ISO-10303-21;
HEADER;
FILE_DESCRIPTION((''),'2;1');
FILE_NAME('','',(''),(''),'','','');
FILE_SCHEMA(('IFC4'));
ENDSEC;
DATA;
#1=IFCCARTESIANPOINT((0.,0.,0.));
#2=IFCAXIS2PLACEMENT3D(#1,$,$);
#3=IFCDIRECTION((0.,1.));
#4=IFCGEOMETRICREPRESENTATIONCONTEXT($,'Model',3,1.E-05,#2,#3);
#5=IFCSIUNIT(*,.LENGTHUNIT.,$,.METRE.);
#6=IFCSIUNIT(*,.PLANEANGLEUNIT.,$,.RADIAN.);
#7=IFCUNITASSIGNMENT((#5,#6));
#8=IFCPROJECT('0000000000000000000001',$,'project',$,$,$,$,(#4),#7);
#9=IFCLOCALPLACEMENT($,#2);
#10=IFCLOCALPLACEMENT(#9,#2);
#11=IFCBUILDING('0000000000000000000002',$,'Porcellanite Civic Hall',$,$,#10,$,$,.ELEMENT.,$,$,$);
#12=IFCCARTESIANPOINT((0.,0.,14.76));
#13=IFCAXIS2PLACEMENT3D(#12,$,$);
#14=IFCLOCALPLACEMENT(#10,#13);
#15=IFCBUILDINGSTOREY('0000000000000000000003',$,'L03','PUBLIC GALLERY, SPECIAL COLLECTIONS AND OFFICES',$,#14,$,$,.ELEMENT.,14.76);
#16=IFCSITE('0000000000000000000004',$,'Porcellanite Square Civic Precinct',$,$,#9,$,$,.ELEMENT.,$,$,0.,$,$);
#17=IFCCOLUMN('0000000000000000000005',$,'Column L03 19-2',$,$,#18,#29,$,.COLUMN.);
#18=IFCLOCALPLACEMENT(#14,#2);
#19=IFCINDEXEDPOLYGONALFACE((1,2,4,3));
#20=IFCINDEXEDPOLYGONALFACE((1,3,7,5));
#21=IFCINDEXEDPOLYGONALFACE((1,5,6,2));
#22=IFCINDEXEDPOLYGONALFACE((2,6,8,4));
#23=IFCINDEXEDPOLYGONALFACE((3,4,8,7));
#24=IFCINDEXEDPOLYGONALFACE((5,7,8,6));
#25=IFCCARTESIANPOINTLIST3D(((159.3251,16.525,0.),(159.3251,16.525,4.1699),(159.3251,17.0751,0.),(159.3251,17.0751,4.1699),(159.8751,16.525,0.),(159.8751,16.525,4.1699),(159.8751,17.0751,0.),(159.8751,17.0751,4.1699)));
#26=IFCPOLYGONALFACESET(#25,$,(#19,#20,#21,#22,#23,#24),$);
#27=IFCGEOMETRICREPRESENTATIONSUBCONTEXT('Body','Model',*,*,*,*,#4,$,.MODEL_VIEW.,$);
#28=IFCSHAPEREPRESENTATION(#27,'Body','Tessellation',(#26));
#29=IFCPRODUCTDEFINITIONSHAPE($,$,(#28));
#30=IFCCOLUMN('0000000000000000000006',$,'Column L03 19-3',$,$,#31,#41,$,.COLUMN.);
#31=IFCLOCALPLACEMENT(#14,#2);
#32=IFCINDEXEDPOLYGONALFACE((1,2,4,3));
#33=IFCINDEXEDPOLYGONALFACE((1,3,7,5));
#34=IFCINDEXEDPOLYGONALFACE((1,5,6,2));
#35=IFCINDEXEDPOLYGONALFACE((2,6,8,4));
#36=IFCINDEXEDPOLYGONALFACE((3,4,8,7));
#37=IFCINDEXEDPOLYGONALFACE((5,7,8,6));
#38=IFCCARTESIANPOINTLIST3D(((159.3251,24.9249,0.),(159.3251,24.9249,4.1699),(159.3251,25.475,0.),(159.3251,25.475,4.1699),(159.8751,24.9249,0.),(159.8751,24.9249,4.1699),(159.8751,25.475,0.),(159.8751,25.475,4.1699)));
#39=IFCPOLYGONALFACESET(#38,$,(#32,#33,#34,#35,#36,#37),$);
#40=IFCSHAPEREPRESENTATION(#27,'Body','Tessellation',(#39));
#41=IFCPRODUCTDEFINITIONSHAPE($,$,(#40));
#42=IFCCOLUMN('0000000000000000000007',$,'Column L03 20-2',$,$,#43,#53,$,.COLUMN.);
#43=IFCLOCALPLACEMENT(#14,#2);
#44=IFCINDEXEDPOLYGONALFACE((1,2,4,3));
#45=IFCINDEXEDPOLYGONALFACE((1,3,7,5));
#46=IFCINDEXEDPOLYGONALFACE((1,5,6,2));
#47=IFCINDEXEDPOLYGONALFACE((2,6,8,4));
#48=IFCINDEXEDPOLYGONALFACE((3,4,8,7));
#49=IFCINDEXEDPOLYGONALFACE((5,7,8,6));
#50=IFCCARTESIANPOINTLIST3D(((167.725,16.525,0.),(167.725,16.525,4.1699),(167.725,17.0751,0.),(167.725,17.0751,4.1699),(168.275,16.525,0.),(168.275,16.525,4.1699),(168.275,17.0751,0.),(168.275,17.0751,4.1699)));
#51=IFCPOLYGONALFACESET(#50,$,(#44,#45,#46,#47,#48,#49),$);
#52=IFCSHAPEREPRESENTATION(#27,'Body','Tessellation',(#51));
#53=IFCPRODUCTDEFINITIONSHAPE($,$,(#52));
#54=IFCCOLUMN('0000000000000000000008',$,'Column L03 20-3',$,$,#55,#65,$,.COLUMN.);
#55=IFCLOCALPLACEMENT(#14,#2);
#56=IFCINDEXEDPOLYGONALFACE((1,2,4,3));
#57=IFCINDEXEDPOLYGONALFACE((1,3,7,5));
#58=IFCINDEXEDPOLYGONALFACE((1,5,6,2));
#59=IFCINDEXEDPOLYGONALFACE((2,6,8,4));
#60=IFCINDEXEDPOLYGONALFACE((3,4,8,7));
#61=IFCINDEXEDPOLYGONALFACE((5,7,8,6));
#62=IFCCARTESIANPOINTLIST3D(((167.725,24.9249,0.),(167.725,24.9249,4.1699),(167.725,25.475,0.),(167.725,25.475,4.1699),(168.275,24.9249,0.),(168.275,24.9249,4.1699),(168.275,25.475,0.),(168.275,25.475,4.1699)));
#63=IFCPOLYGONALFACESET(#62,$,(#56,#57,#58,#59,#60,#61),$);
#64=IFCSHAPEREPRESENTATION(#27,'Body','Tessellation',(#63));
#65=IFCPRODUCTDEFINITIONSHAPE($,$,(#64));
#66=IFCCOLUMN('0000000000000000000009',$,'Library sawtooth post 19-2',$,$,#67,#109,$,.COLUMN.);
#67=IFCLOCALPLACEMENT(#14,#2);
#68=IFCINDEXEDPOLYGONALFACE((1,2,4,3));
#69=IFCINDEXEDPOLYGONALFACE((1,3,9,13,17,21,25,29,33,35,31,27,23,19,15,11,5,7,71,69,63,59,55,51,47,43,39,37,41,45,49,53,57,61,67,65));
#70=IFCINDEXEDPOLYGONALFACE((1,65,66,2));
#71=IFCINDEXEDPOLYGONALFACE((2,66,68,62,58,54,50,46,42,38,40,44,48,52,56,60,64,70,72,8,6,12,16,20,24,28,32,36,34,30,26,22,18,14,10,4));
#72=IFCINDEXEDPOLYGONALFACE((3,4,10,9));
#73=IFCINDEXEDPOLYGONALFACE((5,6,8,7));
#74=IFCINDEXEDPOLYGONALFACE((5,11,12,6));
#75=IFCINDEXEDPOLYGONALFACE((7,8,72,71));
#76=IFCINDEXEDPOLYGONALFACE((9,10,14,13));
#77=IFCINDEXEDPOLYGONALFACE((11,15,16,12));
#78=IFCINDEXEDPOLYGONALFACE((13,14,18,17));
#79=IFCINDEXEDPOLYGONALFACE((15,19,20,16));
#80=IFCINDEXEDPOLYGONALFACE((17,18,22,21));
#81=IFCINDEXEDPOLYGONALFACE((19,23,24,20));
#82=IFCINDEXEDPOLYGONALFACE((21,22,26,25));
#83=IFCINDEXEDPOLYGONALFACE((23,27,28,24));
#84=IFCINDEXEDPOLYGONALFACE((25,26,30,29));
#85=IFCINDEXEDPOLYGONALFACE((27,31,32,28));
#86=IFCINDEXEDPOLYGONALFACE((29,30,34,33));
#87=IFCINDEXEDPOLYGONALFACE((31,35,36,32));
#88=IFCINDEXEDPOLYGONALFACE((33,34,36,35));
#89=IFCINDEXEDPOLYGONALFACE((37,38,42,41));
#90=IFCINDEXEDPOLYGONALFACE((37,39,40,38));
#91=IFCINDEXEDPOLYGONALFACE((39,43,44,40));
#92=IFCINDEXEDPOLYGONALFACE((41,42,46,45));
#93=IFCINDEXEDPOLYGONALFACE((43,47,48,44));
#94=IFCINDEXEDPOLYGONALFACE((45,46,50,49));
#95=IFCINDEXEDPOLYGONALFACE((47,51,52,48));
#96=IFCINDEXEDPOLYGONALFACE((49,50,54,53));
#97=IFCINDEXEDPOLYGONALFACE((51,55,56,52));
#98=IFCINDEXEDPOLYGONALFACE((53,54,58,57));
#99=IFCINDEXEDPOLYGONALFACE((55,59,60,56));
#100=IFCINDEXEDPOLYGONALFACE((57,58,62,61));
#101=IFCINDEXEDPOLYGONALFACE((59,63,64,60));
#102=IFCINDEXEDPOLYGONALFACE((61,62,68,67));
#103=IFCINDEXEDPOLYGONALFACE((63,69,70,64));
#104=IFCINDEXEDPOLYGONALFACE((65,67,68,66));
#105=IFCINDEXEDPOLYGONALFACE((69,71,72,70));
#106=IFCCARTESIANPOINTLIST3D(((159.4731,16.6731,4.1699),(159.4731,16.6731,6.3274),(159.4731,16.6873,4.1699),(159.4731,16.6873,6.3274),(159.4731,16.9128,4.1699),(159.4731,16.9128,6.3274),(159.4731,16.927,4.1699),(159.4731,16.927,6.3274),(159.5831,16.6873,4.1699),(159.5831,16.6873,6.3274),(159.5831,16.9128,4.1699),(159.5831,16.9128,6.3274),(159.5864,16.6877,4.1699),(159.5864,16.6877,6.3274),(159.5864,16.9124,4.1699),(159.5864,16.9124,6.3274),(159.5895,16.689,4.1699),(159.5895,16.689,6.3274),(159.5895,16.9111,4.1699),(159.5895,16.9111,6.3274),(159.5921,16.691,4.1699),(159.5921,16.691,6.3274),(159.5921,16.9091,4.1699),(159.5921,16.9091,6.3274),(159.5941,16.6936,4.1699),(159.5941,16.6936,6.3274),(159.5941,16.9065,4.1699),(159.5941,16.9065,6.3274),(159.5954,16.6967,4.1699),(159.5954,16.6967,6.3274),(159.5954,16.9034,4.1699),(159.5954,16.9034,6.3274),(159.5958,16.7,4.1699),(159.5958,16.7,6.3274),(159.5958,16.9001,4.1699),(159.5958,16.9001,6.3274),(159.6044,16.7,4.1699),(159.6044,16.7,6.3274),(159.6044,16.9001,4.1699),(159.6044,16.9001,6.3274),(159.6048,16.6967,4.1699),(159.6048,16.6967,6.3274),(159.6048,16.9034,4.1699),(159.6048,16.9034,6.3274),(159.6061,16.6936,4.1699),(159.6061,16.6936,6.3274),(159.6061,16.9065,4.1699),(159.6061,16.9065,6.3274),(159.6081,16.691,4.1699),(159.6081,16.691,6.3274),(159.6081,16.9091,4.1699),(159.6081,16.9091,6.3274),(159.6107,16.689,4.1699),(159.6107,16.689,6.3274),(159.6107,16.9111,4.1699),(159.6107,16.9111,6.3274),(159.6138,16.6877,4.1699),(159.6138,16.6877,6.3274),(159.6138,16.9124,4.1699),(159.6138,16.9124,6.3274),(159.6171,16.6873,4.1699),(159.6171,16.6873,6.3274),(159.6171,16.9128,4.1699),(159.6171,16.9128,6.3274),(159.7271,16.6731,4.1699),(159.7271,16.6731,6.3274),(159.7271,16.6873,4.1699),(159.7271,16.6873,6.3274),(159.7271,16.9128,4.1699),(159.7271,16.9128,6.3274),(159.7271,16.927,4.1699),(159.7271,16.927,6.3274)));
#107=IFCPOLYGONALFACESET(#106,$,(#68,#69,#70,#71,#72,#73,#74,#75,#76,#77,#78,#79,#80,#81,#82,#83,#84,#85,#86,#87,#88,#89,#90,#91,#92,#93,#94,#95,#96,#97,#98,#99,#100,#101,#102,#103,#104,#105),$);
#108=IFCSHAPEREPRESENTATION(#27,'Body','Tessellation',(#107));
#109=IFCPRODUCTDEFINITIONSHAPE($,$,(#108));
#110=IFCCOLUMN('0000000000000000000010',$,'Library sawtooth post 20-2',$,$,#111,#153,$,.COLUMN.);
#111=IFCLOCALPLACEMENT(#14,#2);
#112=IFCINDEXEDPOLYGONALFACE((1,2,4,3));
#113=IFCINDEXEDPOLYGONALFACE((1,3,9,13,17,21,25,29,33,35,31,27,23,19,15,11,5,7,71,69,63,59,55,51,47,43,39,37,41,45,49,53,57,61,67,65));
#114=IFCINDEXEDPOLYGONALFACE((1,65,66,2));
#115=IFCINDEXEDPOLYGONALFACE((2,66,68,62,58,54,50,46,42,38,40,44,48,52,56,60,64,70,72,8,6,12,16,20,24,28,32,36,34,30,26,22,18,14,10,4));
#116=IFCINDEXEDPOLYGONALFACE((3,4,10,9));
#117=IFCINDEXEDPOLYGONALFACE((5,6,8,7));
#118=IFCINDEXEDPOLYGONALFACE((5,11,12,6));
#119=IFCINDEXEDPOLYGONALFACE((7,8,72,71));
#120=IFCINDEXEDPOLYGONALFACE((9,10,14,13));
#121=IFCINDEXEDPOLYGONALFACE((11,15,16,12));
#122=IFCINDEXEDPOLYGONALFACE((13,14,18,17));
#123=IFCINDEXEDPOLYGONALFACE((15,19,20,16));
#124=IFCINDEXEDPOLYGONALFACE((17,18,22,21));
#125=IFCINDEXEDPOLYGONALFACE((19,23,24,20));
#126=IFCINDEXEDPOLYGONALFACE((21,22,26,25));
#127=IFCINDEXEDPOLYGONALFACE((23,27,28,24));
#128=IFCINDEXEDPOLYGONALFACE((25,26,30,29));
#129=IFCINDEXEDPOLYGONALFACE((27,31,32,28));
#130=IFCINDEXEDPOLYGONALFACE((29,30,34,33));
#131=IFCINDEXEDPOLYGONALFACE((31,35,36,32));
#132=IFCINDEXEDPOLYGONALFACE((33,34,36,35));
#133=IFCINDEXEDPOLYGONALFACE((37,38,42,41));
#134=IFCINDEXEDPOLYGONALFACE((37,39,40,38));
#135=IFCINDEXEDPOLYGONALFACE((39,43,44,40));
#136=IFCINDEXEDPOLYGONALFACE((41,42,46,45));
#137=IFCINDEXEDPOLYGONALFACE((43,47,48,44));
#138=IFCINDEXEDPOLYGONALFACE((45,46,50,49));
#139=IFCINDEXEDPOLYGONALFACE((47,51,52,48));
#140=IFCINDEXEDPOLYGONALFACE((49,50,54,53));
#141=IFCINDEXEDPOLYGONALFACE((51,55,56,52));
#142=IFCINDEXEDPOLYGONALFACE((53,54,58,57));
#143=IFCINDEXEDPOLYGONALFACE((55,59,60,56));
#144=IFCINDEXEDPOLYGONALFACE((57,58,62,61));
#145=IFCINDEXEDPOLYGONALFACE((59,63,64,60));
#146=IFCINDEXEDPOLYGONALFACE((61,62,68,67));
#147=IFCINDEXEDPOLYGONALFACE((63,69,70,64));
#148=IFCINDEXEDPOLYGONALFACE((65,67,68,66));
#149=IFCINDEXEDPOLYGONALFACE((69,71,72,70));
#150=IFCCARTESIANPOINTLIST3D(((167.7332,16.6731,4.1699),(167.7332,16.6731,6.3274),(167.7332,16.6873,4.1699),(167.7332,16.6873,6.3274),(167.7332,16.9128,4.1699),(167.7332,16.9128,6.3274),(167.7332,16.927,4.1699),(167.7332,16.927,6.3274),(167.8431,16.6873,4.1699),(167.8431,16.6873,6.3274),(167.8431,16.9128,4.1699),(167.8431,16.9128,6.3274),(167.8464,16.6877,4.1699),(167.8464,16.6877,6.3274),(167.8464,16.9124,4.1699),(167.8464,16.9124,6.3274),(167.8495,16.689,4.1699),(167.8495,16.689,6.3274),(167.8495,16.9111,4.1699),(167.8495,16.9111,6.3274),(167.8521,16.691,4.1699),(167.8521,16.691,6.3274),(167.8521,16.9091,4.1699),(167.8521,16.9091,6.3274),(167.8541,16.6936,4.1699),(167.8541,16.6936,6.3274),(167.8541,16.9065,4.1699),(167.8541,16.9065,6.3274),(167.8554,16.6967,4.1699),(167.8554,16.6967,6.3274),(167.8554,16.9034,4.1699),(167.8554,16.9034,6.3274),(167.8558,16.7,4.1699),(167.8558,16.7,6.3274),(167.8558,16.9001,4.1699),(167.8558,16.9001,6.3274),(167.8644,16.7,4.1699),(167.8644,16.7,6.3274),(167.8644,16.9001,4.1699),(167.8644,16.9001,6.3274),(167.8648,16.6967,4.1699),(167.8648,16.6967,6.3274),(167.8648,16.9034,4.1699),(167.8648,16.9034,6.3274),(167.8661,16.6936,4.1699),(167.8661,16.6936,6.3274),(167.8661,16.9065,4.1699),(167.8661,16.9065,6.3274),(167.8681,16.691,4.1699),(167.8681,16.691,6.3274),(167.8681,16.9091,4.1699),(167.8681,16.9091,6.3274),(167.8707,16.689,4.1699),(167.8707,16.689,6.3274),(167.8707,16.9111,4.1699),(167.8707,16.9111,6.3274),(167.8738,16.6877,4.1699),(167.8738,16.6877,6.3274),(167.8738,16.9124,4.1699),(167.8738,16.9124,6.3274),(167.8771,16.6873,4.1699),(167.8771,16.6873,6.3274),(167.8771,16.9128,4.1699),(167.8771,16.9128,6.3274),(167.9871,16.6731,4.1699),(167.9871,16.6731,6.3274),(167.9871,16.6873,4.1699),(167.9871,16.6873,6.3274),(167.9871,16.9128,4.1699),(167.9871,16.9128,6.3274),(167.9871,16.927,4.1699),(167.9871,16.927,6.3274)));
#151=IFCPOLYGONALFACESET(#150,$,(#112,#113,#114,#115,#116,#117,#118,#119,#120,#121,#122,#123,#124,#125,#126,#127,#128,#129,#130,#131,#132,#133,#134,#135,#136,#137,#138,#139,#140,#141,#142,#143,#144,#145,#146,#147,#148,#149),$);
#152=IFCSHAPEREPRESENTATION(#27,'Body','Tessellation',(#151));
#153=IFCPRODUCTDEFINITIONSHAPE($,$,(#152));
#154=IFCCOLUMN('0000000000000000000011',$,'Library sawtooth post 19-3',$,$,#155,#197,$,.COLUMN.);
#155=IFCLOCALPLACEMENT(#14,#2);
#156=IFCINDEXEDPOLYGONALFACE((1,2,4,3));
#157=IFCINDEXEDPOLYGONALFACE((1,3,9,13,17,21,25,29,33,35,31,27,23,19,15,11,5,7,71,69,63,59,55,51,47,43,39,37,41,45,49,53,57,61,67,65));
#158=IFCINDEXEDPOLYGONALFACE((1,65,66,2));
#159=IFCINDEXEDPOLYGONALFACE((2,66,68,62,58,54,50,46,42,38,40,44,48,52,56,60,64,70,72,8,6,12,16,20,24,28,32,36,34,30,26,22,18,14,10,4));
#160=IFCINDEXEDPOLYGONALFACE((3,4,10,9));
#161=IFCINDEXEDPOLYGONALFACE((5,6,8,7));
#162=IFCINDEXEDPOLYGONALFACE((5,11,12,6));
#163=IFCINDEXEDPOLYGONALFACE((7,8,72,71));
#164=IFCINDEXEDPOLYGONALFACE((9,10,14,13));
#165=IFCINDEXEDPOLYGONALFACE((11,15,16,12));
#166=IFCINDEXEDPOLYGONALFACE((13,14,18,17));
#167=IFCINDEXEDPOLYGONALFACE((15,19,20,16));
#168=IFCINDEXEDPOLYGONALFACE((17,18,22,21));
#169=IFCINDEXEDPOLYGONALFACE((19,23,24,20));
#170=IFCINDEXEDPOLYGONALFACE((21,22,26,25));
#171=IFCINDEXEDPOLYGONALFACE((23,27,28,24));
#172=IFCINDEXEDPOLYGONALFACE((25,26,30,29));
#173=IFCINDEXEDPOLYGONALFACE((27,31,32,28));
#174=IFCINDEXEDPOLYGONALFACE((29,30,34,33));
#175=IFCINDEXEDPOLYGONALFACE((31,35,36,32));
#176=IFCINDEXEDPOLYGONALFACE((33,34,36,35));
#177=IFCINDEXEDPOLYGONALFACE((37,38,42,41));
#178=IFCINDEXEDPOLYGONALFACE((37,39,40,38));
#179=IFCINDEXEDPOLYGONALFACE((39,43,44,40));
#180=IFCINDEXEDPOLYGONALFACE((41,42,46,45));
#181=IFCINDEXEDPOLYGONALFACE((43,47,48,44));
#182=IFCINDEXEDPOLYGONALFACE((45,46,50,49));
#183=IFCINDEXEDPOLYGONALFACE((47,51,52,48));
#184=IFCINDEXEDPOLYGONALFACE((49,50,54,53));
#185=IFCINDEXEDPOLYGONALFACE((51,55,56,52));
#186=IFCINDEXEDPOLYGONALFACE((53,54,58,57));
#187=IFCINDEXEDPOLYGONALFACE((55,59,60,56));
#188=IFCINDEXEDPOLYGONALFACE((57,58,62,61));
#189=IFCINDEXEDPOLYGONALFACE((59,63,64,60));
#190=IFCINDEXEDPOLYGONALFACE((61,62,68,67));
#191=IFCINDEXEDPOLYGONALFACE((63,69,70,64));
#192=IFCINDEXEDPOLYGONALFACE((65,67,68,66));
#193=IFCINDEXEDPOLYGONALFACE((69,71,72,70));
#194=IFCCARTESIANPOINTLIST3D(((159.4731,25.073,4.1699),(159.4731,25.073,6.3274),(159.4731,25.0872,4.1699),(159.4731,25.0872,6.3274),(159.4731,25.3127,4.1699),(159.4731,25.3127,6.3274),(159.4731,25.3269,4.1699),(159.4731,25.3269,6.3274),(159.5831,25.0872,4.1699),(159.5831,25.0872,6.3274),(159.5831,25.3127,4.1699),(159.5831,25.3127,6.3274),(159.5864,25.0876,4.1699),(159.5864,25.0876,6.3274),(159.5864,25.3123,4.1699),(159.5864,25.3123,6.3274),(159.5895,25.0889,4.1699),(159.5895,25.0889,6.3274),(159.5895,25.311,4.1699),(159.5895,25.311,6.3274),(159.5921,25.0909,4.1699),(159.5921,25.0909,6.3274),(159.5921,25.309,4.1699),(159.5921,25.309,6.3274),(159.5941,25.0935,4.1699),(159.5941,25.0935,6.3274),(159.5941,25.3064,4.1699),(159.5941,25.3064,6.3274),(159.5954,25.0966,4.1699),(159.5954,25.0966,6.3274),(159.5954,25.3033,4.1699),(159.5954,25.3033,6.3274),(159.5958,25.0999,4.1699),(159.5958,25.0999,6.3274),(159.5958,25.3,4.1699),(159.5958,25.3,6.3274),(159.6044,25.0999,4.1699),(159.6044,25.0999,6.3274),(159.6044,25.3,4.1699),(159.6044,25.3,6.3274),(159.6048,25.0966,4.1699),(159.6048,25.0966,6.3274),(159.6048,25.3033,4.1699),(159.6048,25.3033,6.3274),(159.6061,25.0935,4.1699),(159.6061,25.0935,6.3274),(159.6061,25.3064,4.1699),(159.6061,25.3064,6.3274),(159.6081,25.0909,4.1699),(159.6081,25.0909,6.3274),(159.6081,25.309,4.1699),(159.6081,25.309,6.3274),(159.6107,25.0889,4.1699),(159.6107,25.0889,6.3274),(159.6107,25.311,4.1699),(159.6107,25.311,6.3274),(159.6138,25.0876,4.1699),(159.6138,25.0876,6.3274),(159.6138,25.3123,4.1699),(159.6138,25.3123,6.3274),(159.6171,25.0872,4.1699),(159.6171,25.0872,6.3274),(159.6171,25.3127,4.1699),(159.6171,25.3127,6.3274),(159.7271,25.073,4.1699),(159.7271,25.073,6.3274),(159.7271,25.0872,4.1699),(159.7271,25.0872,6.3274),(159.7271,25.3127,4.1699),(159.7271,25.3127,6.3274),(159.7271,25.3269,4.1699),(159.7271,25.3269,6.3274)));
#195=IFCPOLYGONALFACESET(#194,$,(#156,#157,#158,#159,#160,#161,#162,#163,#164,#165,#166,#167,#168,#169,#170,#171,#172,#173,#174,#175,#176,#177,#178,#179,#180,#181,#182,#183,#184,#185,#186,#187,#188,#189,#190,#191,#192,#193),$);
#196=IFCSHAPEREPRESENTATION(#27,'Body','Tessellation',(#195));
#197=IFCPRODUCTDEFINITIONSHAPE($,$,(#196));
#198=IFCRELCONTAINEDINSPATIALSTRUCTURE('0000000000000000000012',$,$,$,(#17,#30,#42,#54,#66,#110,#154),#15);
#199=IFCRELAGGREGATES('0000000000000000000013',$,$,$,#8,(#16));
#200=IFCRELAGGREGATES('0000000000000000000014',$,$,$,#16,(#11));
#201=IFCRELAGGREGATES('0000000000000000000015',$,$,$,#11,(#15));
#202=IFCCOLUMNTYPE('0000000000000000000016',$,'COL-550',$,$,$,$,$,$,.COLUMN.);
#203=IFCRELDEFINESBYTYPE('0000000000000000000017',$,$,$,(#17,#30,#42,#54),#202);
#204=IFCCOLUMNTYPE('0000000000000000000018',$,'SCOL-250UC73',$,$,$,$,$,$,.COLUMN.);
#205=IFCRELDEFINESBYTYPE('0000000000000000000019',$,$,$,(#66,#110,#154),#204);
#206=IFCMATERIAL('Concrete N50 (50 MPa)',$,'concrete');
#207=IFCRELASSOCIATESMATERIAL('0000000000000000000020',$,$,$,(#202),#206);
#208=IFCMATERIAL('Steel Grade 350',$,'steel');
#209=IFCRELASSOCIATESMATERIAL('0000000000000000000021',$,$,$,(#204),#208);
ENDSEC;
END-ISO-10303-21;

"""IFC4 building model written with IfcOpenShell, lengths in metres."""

from ifc_helpers import new_model, si_unit, direction, frame, origin, origin_2d, place, context, subcontext, project, spatial, rectangle, i_section, extrude, material, material_profile, profile_set, type_object, element, save


model = new_model("IFC4")

# Units and contexts
model_context = context("Model", 3, precision=1e-05, world=origin(), true_north=direction((0.0, 1.0)))
body_context = subcontext(model_context, "Body", "Model", "MODEL_VIEW")
ifc_project = project(units=[si_unit("LENGTHUNIT", "METRE"), si_unit("PLANEANGLEUNIT", "RADIAN")], contexts=[model_context])

# Site, building, storey
site_placement = place(None, origin())
site = spatial("IfcSite", under=ifc_project, at=site_placement, Name="Porcellanite Square Civic Precinct", CompositionType="ELEMENT", RefElevation=0.0)
building_placement = place(site_placement, origin())
building = spatial("IfcBuilding", under=site, at=building_placement, Name="Porcellanite Civic Hall", CompositionType="ELEMENT")
storey_placement = place(building_placement, frame((0.0, 0.0, 14.76)))
storey = spatial("IfcBuildingStorey", under=building, at=storey_placement, Name="L03", Description="PUBLIC GALLERY, SPECIAL COLLECTIONS AND OFFICES", CompositionType="ELEMENT", Elevation=14.76)

# Columns
ifc_material_1 = material(Name="Concrete N50 (50 MPa)", Category="concrete")
ifc_material_profile_1 = material_profile(ifc_material_1, rectangle(XDim=0.55, YDim=0.55, at=origin_2d()), Name="RC-550x550")
ifc_profile_set_1 = profile_set([ifc_material_profile_1], Name="Concrete N50 (50 MPa)")
column_type_1 = type_object("IfcColumnType", Name="COL-550", PredefinedType="COLUMN", material=ifc_profile_set_1)
for number, where, z_axis, x_axis, name in (
    (1, (159.6001, 16.8, 0.0), (0.0, 0.0, 1.0), (1.0, 0.0, 0.0), "Column L03 19-2"),
    (2, (159.6001, 25.2, 0.0), (0.0, 0.0, 1.0), (1.0, 0.0, 0.0), "Column L03 19-3"),
    (3, (168.0, 16.8, 0.0), (0.0, 0.0, 1.0), (1.0, 0.0, 0.0), "Column L03 20-2"),
    (4, (168.0, 25.2, 0.0), (0.0, 0.0, 1.0), (1.0, 0.0, 0.0), "Column L03 20-3"),
):
    element("IfcColumn", number, at=place(storey_placement, frame(where, z_axis=z_axis, x_axis=x_axis)), inside=storey, type_object=column_type_1, Name=name, PredefinedType="COLUMN", context=body_context, shape_type="SweptSolid", body=[
        extrude(rectangle(XDim=0.55, YDim=0.55, at=origin_2d()), origin(), (0.0, 0.0, 1.0), 4.1699),
    ])
ifc_material_2 = material(Name="Steel Grade 350", Category="steel")
ifc_material_profile_2 = material_profile(ifc_material_2, i_section(OverallWidth=0.2539, OverallDepth=0.2539, WebThickness=0.0085, FlangeThickness=0.0142, FilletRadius=0.0127, at=origin_2d()), Name="250UC72.9")
ifc_profile_set_2 = profile_set([ifc_material_profile_2], Name="Steel Grade 350")
column_type_2 = type_object("IfcColumnType", Name="SCOL-250UC73", PredefinedType="COLUMN", material=ifc_profile_set_2)
for number, where, z_axis, x_axis, name in (
    (5, (159.6001, 16.8, 4.1699), (0.0, 0.0, 1.0), (1.0, 0.0, 0.0), "Library sawtooth post 19-2"),
    (6, (167.8601, 16.8, 4.1699), (0.0, 0.0, 1.0), (1.0, 0.0, 0.0), "Library sawtooth post 20-2"),
    (7, (159.6001, 25.2, 4.1699), (0.0, 0.0, 1.0), (1.0, 0.0, 0.0), "Library sawtooth post 19-3"),
):
    element("IfcColumn", number, at=place(storey_placement, frame(where, z_axis=z_axis, x_axis=x_axis)), inside=storey, type_object=column_type_2, Name=name, PredefinedType="COLUMN", context=body_context, shape_type="SweptSolid", body=[
        extrude(i_section(OverallWidth=0.2539, OverallDepth=0.2539, WebThickness=0.0085, FlangeThickness=0.0142, FilletRadius=0.0127, at=origin_2d()), origin(), (0.0, 0.0, 1.0), 2.1575),
    ])

save(model, "model.ifc")
